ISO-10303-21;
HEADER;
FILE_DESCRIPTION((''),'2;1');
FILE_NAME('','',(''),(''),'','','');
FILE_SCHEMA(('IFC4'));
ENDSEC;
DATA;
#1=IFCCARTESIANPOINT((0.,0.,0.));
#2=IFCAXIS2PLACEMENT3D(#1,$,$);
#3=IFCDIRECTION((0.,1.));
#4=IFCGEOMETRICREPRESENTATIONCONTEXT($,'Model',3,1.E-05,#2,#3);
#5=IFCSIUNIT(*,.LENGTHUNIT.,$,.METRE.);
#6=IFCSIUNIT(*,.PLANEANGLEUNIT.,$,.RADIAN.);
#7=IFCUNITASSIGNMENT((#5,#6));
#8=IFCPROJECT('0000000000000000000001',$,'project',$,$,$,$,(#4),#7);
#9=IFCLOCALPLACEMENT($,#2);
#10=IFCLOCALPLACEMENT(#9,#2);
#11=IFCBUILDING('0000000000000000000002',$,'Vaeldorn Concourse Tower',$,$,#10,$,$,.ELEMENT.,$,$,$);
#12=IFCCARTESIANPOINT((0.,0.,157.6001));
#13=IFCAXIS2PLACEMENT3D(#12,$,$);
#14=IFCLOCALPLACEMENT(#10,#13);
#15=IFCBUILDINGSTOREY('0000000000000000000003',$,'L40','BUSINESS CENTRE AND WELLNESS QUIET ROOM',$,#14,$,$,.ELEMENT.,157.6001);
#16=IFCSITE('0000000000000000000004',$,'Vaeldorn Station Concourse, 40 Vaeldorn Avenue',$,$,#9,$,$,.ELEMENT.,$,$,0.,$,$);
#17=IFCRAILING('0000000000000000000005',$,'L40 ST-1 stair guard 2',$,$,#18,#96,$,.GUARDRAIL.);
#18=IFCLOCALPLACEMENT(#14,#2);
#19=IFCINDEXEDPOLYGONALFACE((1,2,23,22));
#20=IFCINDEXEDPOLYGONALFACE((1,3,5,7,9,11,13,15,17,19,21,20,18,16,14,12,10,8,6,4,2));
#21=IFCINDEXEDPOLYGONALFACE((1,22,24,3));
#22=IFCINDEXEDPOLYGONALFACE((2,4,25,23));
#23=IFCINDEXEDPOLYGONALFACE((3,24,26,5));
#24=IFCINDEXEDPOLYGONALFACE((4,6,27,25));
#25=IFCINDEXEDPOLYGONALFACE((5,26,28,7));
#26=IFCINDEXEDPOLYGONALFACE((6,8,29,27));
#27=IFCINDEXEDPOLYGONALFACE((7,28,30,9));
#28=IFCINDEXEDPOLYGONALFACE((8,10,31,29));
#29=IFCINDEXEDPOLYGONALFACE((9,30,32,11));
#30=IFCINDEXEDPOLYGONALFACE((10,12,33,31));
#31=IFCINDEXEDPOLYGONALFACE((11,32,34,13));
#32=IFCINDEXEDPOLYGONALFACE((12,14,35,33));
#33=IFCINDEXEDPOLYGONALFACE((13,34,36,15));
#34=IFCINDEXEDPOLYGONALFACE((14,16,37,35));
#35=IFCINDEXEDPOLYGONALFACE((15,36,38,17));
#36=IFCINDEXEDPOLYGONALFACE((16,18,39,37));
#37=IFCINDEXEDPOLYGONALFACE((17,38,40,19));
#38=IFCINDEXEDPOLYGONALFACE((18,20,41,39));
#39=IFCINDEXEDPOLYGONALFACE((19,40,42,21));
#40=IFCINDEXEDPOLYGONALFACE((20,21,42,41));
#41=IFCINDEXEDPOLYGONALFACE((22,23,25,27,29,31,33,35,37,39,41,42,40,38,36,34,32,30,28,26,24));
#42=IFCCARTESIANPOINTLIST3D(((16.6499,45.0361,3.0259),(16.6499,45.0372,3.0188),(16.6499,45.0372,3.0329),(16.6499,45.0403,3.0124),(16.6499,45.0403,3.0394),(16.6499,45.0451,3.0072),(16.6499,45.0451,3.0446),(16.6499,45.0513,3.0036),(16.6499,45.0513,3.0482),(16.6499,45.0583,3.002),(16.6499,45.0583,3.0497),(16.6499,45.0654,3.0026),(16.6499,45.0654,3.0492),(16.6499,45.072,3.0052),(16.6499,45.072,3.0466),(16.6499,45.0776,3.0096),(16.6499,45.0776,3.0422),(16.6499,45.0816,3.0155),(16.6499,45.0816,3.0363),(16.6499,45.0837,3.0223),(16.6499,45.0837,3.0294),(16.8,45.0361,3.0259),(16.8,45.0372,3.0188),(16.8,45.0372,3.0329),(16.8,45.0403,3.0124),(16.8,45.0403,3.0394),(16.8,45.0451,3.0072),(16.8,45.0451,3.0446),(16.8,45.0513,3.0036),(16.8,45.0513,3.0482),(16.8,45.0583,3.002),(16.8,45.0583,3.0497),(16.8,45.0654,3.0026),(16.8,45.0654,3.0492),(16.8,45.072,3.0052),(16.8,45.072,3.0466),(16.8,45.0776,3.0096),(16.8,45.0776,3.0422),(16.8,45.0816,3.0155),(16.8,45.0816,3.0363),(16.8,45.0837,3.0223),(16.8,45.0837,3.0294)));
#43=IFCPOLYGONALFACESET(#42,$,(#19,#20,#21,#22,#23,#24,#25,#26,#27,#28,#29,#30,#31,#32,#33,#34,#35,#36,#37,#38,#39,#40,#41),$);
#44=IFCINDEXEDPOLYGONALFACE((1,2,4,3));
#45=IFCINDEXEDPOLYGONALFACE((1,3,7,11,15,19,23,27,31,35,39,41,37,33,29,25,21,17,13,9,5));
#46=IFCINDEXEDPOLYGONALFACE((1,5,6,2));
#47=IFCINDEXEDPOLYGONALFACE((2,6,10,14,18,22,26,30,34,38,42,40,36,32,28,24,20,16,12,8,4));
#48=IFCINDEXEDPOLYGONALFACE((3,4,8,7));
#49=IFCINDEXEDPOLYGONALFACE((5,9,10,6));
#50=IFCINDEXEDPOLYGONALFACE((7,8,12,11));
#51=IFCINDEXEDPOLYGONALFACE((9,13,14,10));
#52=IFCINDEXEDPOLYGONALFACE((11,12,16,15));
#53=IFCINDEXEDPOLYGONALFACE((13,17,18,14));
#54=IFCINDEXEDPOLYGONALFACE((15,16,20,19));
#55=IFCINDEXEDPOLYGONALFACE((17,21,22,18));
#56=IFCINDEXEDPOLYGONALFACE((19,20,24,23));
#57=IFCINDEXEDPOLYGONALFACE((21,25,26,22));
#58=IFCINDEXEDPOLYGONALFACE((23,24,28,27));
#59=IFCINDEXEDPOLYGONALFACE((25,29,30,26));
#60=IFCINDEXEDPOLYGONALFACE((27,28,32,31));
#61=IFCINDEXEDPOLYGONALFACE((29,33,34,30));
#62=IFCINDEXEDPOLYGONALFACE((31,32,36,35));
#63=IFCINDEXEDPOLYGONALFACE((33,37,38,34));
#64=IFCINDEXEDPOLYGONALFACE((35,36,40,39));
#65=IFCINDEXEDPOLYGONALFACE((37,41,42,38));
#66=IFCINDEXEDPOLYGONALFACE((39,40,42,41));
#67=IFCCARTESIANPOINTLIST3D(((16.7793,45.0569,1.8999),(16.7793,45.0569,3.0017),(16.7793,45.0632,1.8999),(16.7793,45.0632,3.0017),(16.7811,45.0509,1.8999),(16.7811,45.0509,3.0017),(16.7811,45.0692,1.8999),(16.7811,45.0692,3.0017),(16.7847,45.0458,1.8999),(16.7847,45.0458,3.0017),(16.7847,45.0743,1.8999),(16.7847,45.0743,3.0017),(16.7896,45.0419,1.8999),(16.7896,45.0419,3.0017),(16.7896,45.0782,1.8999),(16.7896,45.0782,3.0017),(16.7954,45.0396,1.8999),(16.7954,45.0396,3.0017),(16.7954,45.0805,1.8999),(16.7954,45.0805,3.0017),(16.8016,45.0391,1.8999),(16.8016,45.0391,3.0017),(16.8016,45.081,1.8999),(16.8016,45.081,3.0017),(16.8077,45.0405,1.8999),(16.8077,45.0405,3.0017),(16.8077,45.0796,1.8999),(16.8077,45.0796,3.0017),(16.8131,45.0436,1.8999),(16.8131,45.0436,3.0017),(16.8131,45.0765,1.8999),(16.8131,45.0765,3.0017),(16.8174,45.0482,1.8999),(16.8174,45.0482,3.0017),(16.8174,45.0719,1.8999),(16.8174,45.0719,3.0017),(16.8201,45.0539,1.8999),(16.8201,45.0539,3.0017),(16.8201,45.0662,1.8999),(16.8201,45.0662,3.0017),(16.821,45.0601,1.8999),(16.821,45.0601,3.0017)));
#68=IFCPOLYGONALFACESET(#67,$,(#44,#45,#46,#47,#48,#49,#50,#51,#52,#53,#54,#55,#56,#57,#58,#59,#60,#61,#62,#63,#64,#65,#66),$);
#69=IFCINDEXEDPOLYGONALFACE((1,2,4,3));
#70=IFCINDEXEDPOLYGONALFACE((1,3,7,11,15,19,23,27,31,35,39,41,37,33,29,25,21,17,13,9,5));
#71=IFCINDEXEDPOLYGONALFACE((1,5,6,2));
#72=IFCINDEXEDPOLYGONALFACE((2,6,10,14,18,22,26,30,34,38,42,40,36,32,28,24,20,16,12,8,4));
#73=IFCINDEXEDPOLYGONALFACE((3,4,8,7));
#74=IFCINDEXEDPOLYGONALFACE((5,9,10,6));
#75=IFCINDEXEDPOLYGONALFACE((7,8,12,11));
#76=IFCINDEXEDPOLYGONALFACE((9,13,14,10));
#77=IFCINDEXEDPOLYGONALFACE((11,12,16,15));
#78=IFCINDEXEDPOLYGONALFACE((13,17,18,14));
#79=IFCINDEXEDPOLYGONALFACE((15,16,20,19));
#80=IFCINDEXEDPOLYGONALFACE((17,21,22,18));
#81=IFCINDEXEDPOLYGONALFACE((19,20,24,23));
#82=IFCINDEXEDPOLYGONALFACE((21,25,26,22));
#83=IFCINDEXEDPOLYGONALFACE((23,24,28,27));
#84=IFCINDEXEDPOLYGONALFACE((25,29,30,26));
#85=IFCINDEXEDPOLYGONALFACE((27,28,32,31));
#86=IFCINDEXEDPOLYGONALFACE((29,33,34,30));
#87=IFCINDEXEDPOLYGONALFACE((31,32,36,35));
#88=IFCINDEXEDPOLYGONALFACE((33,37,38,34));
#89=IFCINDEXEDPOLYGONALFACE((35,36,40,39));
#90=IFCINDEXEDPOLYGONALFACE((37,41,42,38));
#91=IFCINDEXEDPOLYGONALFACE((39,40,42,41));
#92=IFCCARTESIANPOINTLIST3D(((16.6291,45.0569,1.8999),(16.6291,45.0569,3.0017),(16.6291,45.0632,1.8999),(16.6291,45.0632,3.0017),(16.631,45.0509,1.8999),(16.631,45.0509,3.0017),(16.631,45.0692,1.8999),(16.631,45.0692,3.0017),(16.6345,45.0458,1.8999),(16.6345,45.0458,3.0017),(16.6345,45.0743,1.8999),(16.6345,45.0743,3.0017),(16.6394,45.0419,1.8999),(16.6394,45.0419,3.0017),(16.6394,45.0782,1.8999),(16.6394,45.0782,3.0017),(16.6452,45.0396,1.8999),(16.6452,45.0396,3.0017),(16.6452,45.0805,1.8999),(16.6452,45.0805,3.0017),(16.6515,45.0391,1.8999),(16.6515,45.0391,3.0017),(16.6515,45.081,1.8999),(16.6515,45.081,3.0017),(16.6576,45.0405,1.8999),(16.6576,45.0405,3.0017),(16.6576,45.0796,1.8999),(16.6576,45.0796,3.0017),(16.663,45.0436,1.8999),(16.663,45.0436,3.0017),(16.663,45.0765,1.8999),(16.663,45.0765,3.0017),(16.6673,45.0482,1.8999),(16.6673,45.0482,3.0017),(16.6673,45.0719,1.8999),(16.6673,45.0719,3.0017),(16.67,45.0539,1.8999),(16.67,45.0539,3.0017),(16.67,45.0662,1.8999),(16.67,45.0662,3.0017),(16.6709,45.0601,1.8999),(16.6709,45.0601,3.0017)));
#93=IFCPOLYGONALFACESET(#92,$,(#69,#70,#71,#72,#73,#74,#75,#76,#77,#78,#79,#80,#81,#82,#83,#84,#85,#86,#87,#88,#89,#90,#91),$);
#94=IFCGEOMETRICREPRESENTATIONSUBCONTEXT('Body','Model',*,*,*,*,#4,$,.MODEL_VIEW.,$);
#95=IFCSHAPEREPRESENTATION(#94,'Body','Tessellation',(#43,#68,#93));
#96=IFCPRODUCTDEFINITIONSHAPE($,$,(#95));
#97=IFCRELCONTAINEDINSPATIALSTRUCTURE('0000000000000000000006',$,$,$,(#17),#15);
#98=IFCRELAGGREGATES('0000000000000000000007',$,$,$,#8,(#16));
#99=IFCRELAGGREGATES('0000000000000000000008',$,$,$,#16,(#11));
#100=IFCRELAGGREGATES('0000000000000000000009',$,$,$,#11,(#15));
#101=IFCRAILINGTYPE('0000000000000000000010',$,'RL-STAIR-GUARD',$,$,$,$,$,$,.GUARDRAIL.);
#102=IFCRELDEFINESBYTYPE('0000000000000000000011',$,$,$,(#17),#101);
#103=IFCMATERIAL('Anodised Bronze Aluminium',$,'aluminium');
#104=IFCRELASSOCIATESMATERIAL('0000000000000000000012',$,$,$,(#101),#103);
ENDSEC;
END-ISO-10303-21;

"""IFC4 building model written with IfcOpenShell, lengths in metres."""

from ifc_helpers import new_model, si_unit, direction, frame, origin, origin_2d, place, context, subcontext, project, spatial, circle, extrude, material, type_object, element, save


model = new_model("IFC4")

# Units and contexts
model_context = context("Model", 3, precision=1e-05, world=origin(), true_north=direction((0.0, 1.0)))
body_context = subcontext(model_context, "Body", "Model", "MODEL_VIEW")
ifc_project = project(units=[si_unit("LENGTHUNIT", "METRE"), si_unit("PLANEANGLEUNIT", "RADIAN")], contexts=[model_context])

# Site, building, storey
site_placement = place(None, origin())
site = spatial("IfcSite", under=ifc_project, at=site_placement, Name="Vaeldorn Station Concourse, 40 Vaeldorn Avenue", CompositionType="ELEMENT", RefElevation=0.0)
building_placement = place(site_placement, origin())
building = spatial("IfcBuilding", under=site, at=building_placement, Name="Vaeldorn Concourse Tower", CompositionType="ELEMENT")
storey_placement = place(building_placement, frame((0.0, 0.0, 157.6001)))
storey = spatial("IfcBuildingStorey", under=building, at=storey_placement, Name="L40", Description="BUSINESS CENTRE AND WELLNESS QUIET ROOM", CompositionType="ELEMENT", Elevation=157.6001)

# Railing
ifc_material_1 = material(Name="Anodised Bronze Aluminium", Category="aluminium")
railing_type_1 = type_object("IfcRailingType", Name="RL-STAIR-GUARD", PredefinedType="GUARDRAIL", material=ifc_material_1)
railing_1_placement = place(storey_placement, frame((16.8, 45.0601, 1.8999)))
element("IfcRailing", 1, at=railing_1_placement, inside=storey, type_object=railing_type_1, Name="L40 ST-1 stair guard 2", PredefinedType="GUARDRAIL", context=body_context, shape_type="SweptSolid", body=[
    extrude(circle(Radius=0.0239, at=origin_2d()), frame((0.0, 0.0, 1.126), z_axis=(-1.0, 0.0, 0.0), x_axis=(0.0, -1.0, 0.0)), (0.0, 0.0, 1.0), 0.1501),
    extrude(circle(Radius=0.021, at=origin_2d()), origin(), (0.0, 0.0, 1.0), 1.1018),
    extrude(circle(Radius=0.021, at=origin_2d()), frame((-0.1501, 0.0, 0.0)), (0.0, 0.0, 1.0), 1.1018),
])

save(model, "model.ifc")
